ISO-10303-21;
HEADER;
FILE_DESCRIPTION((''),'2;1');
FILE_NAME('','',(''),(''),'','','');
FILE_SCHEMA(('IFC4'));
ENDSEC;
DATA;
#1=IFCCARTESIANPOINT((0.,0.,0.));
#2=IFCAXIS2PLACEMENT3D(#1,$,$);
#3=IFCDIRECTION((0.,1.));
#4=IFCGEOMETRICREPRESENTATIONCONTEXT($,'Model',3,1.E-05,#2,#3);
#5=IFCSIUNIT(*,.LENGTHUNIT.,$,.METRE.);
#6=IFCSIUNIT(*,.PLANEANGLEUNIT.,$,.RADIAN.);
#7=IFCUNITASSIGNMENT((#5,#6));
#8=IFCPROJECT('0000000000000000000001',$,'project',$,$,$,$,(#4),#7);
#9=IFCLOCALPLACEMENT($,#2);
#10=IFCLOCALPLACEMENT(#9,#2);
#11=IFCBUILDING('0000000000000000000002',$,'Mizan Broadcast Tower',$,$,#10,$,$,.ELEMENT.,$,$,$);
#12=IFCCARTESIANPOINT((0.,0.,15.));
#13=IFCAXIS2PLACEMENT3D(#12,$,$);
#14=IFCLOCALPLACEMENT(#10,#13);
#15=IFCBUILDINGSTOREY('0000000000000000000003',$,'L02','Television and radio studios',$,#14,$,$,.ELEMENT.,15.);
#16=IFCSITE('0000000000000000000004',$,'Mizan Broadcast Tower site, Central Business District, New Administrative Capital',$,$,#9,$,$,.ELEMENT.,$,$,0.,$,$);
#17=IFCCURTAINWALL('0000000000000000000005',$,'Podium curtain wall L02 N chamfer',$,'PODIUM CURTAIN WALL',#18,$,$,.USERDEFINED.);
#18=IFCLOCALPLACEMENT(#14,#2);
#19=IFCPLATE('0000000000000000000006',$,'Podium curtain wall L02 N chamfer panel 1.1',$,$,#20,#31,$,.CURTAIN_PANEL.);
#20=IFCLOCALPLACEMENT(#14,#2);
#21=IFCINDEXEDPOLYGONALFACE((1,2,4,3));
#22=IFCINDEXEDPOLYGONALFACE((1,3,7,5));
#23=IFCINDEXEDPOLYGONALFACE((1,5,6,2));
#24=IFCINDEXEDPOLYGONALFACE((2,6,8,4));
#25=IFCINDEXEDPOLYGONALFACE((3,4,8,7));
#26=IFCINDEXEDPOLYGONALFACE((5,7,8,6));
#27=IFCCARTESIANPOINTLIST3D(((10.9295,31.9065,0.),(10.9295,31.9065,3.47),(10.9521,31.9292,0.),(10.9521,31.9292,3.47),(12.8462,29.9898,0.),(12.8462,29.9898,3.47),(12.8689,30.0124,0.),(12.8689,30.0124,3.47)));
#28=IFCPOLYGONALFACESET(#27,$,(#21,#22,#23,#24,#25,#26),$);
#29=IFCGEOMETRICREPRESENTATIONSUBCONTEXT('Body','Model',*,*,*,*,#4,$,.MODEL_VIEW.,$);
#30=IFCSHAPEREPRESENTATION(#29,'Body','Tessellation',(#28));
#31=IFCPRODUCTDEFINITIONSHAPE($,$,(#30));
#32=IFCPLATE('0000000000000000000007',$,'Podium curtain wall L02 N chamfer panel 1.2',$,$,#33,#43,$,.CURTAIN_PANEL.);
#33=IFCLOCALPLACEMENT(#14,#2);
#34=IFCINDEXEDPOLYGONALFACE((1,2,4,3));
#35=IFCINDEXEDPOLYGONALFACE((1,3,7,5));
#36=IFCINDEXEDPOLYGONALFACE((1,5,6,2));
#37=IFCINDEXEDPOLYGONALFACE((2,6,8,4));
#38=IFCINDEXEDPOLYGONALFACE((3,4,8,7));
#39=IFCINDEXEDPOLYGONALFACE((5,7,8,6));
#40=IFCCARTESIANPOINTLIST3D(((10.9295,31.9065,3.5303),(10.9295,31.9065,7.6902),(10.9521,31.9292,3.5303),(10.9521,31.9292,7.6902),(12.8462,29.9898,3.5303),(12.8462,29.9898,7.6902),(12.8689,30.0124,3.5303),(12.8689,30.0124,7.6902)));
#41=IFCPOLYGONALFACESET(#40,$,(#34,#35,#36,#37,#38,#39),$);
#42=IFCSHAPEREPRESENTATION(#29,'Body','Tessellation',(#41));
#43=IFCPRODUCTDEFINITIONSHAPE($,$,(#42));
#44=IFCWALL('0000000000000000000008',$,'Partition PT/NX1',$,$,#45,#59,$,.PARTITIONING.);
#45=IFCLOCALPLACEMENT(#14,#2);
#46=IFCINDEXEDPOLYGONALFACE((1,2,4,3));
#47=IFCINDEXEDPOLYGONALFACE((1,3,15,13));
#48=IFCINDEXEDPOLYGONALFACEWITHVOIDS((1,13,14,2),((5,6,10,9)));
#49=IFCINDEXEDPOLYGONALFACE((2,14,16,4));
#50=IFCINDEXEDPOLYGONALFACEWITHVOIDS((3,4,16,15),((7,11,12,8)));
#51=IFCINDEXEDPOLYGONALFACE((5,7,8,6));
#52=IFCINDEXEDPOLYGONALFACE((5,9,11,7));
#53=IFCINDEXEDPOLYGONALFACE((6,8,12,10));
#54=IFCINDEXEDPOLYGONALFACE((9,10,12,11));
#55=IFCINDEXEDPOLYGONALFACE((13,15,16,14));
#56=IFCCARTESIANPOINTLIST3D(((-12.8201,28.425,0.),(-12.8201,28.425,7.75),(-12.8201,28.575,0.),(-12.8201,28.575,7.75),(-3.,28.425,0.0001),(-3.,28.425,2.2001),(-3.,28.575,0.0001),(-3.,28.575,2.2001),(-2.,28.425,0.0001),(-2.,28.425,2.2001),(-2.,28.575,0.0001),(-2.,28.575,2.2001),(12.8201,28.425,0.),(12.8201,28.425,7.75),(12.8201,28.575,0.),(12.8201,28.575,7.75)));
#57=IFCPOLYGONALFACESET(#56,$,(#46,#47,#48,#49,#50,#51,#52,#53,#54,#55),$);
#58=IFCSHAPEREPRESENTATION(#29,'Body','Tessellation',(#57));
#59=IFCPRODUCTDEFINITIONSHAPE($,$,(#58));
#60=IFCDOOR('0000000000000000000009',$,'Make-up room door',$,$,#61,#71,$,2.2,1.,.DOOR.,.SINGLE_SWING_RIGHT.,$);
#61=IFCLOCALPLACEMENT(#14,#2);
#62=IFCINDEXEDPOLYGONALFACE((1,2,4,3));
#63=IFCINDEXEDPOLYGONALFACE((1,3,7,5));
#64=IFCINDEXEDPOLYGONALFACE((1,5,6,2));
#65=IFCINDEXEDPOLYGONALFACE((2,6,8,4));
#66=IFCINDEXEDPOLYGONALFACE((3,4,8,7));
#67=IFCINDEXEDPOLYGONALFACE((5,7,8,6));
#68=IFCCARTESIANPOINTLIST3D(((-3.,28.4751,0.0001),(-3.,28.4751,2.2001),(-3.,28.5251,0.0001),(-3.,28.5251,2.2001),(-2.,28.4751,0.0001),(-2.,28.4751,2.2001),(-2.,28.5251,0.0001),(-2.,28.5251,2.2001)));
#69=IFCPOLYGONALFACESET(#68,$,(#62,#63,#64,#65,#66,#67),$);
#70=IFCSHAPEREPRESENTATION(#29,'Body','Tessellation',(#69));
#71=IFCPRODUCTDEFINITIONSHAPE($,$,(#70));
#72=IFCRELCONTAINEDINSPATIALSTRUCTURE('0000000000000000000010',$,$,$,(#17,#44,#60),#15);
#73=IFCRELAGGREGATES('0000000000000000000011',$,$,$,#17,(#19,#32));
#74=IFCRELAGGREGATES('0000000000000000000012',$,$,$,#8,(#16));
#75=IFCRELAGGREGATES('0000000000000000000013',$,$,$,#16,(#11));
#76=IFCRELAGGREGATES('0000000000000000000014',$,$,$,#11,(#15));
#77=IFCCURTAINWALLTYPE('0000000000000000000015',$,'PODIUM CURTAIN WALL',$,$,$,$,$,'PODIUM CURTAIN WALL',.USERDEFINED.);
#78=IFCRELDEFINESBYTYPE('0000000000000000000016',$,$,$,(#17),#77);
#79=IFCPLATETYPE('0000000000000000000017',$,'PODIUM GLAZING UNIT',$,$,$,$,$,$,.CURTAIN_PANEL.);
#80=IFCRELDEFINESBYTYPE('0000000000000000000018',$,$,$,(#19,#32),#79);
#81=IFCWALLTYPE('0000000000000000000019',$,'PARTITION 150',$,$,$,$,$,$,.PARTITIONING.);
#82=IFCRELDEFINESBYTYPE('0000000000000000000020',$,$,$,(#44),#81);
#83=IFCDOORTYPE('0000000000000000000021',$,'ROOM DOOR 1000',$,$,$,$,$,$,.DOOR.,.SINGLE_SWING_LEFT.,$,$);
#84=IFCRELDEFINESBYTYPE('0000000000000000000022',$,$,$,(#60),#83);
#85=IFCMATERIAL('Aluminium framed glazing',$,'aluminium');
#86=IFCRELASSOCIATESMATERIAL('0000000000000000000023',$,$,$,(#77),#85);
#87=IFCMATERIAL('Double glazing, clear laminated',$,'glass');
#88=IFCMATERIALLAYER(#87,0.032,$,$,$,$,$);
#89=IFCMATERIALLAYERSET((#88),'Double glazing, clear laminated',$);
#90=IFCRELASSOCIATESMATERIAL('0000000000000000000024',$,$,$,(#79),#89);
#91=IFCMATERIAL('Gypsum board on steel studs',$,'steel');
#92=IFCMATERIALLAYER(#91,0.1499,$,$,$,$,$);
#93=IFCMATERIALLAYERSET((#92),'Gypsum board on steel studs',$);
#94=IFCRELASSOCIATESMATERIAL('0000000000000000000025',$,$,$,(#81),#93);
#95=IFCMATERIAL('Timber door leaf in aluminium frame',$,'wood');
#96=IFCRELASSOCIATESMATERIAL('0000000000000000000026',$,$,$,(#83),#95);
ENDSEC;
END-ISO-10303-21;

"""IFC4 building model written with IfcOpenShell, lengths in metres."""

from ifc_helpers import new_model, si_unit, direction, frame, frame_2d, origin, origin_2d, place, context, subcontext, project, spatial, rectangle, extrude, material, layer, layer_set, type_object, element, fill, aggregate, save


model = new_model("IFC4")

# Units and contexts
model_context = context("Model", 3, precision=1e-05, world=origin(), true_north=direction((0.0, 1.0)))
body_context = subcontext(model_context, "Body", "Model", "MODEL_VIEW")
ifc_project = project(units=[si_unit("LENGTHUNIT", "METRE"), si_unit("PLANEANGLEUNIT", "RADIAN")], contexts=[model_context])

# Site, building, storey
site_placement = place(None, origin())
site = spatial("IfcSite", under=ifc_project, at=site_placement, Name="Mizan Broadcast Tower site, Central Business District, New Administrative Capital", CompositionType="ELEMENT", RefElevation=0.0)
building_placement = place(site_placement, origin())
building = spatial("IfcBuilding", under=site, at=building_placement, Name="Mizan Broadcast Tower", CompositionType="ELEMENT")
storey_placement = place(building_placement, frame((0.0, 0.0, 15.0)))
storey = spatial("IfcBuildingStorey", under=building, at=storey_placement, Name="L02", Description="Television and radio studios", CompositionType="ELEMENT", Elevation=15.0)

# Curtain wall
ifc_material_1 = material(Name="Aluminium framed glazing", Category="aluminium")
curtain_wall_type = type_object("IfcCurtainWallType", Name="PODIUM CURTAIN WALL", ElementType="PODIUM CURTAIN WALL", PredefinedType="USERDEFINED", material=ifc_material_1)
curtain_wall_1_placement = place(storey_placement, origin())
curtain_wall_1 = element("IfcCurtainWall", 1, at=curtain_wall_1_placement, inside=storey, type_object=curtain_wall_type, Name="Podium curtain wall L02 N chamfer", ObjectType="PODIUM CURTAIN WALL", PredefinedType="USERDEFINED")

# Plates
ifc_material_2 = material(Name="Double glazing, clear laminated", Category="glass")
ifc_layer_1 = layer(ifc_material_2, 0.032)
ifc_layer_set_1 = layer_set([ifc_layer_1], Name="Double glazing, clear laminated")
plate_type = type_object("IfcPlateType", Name="PODIUM GLAZING UNIT", PredefinedType="CURTAIN_PANEL", material=ifc_layer_set_1)
plate_1_placement = place(storey_placement, frame((11.8992, 30.9595, 0.0), z_axis=(0.0, 0.0, 1.0), x_axis=(-0.707107, 0.707107, 0.0)))
plate_1 = element("IfcPlate", 2, at=plate_1_placement, type_object=plate_type, Name="Podium curtain wall L02 N chamfer panel 1.1", PredefinedType="CURTAIN_PANEL", context=body_context, shape_type="SweptSolid", body=[
    extrude(rectangle(XDim=2.7107, YDim=0.032, at=origin_2d()), origin(), (0.0, 0.0, 1.0), 3.47),
])
plate_2_placement = place(storey_placement, frame((11.8992, 30.9595, 3.5303), z_axis=(0.0, 0.0, 1.0), x_axis=(-0.707107, 0.707107, 0.0)))
plate_2 = element("IfcPlate", 3, at=plate_2_placement, type_object=plate_type, Name="Podium curtain wall L02 N chamfer panel 1.2", PredefinedType="CURTAIN_PANEL", context=body_context, shape_type="SweptSolid", body=[
    extrude(rectangle(XDim=2.7107, YDim=0.032, at=origin_2d()), origin(), (0.0, 0.0, 1.0), 4.1599),
])
aggregate(curtain_wall_1, [plate_1, plate_2])

# Wall, opening, door
ifc_material_3 = material(Name="Gypsum board on steel studs", Category="steel")
ifc_layer_2 = layer(ifc_material_3, 0.1499)
ifc_layer_set_2 = layer_set([ifc_layer_2], Name="Gypsum board on steel studs")
wall_type = type_object("IfcWallType", Name="PARTITION 150", PredefinedType="PARTITIONING", material=ifc_layer_set_2)
wall_placement = place(storey_placement, frame((12.8201, 28.5, 0.0), z_axis=(0.0, 0.0, 1.0), x_axis=(-1.0, 0.0, 0.0)))
wall = element("IfcWall", 4, at=wall_placement, inside=storey, type_object=wall_type, Name="Partition PT/NX1", PredefinedType="PARTITIONING", context=body_context, shape_type="SweptSolid", body=[
    extrude(rectangle(XDim=25.6401, YDim=0.1499, at=frame_2d((12.8201, 0.0))), origin(), (0.0, 0.0, 1.0), 7.75),
])
opening_placement = place(wall_placement, frame((14.8201, 0.0, 0.0)))
opening = element("IfcOpeningElement", 5, at=opening_placement, cuts=wall, PredefinedType="OPENING", context=body_context, shape_type="SweptSolid", body=[
    extrude(rectangle(XDim=1.0, YDim=2.2, at=frame_2d((0.5, 1.1001))), frame((0.0, 0.085, 0.0), z_axis=(0.0, -1.0, 0.0), x_axis=(1.0, 0.0, 0.0)), (0.0, 0.0, 1.0), 0.1699),
])
ifc_material_4 = material(Name="Timber door leaf in aluminium frame", Category="wood")
door_type = type_object("IfcDoorType", Name="ROOM DOOR 1000", OperationType="SINGLE_SWING_LEFT", PredefinedType="DOOR", material=ifc_material_4)
door_placement = place(opening_placement, origin())
door = element("IfcDoor", 6, at=door_placement, inside=storey, type_object=door_type, Name="Make-up room door", OperationType="SINGLE_SWING_RIGHT", OverallHeight=2.2, OverallWidth=1.0, PredefinedType="DOOR", context=body_context, shape_type="SweptSolid", body=[
    extrude(rectangle(XDim=1.0, YDim=2.2, at=frame_2d((0.5, 1.1001))), frame((0.0, 0.0249, 0.0), z_axis=(0.0, -1.0, 0.0), x_axis=(1.0, 0.0, 0.0)), (0.0, 0.0, 1.0), 0.05),
])
fill(opening, door)

save(model, "model.ifc")
